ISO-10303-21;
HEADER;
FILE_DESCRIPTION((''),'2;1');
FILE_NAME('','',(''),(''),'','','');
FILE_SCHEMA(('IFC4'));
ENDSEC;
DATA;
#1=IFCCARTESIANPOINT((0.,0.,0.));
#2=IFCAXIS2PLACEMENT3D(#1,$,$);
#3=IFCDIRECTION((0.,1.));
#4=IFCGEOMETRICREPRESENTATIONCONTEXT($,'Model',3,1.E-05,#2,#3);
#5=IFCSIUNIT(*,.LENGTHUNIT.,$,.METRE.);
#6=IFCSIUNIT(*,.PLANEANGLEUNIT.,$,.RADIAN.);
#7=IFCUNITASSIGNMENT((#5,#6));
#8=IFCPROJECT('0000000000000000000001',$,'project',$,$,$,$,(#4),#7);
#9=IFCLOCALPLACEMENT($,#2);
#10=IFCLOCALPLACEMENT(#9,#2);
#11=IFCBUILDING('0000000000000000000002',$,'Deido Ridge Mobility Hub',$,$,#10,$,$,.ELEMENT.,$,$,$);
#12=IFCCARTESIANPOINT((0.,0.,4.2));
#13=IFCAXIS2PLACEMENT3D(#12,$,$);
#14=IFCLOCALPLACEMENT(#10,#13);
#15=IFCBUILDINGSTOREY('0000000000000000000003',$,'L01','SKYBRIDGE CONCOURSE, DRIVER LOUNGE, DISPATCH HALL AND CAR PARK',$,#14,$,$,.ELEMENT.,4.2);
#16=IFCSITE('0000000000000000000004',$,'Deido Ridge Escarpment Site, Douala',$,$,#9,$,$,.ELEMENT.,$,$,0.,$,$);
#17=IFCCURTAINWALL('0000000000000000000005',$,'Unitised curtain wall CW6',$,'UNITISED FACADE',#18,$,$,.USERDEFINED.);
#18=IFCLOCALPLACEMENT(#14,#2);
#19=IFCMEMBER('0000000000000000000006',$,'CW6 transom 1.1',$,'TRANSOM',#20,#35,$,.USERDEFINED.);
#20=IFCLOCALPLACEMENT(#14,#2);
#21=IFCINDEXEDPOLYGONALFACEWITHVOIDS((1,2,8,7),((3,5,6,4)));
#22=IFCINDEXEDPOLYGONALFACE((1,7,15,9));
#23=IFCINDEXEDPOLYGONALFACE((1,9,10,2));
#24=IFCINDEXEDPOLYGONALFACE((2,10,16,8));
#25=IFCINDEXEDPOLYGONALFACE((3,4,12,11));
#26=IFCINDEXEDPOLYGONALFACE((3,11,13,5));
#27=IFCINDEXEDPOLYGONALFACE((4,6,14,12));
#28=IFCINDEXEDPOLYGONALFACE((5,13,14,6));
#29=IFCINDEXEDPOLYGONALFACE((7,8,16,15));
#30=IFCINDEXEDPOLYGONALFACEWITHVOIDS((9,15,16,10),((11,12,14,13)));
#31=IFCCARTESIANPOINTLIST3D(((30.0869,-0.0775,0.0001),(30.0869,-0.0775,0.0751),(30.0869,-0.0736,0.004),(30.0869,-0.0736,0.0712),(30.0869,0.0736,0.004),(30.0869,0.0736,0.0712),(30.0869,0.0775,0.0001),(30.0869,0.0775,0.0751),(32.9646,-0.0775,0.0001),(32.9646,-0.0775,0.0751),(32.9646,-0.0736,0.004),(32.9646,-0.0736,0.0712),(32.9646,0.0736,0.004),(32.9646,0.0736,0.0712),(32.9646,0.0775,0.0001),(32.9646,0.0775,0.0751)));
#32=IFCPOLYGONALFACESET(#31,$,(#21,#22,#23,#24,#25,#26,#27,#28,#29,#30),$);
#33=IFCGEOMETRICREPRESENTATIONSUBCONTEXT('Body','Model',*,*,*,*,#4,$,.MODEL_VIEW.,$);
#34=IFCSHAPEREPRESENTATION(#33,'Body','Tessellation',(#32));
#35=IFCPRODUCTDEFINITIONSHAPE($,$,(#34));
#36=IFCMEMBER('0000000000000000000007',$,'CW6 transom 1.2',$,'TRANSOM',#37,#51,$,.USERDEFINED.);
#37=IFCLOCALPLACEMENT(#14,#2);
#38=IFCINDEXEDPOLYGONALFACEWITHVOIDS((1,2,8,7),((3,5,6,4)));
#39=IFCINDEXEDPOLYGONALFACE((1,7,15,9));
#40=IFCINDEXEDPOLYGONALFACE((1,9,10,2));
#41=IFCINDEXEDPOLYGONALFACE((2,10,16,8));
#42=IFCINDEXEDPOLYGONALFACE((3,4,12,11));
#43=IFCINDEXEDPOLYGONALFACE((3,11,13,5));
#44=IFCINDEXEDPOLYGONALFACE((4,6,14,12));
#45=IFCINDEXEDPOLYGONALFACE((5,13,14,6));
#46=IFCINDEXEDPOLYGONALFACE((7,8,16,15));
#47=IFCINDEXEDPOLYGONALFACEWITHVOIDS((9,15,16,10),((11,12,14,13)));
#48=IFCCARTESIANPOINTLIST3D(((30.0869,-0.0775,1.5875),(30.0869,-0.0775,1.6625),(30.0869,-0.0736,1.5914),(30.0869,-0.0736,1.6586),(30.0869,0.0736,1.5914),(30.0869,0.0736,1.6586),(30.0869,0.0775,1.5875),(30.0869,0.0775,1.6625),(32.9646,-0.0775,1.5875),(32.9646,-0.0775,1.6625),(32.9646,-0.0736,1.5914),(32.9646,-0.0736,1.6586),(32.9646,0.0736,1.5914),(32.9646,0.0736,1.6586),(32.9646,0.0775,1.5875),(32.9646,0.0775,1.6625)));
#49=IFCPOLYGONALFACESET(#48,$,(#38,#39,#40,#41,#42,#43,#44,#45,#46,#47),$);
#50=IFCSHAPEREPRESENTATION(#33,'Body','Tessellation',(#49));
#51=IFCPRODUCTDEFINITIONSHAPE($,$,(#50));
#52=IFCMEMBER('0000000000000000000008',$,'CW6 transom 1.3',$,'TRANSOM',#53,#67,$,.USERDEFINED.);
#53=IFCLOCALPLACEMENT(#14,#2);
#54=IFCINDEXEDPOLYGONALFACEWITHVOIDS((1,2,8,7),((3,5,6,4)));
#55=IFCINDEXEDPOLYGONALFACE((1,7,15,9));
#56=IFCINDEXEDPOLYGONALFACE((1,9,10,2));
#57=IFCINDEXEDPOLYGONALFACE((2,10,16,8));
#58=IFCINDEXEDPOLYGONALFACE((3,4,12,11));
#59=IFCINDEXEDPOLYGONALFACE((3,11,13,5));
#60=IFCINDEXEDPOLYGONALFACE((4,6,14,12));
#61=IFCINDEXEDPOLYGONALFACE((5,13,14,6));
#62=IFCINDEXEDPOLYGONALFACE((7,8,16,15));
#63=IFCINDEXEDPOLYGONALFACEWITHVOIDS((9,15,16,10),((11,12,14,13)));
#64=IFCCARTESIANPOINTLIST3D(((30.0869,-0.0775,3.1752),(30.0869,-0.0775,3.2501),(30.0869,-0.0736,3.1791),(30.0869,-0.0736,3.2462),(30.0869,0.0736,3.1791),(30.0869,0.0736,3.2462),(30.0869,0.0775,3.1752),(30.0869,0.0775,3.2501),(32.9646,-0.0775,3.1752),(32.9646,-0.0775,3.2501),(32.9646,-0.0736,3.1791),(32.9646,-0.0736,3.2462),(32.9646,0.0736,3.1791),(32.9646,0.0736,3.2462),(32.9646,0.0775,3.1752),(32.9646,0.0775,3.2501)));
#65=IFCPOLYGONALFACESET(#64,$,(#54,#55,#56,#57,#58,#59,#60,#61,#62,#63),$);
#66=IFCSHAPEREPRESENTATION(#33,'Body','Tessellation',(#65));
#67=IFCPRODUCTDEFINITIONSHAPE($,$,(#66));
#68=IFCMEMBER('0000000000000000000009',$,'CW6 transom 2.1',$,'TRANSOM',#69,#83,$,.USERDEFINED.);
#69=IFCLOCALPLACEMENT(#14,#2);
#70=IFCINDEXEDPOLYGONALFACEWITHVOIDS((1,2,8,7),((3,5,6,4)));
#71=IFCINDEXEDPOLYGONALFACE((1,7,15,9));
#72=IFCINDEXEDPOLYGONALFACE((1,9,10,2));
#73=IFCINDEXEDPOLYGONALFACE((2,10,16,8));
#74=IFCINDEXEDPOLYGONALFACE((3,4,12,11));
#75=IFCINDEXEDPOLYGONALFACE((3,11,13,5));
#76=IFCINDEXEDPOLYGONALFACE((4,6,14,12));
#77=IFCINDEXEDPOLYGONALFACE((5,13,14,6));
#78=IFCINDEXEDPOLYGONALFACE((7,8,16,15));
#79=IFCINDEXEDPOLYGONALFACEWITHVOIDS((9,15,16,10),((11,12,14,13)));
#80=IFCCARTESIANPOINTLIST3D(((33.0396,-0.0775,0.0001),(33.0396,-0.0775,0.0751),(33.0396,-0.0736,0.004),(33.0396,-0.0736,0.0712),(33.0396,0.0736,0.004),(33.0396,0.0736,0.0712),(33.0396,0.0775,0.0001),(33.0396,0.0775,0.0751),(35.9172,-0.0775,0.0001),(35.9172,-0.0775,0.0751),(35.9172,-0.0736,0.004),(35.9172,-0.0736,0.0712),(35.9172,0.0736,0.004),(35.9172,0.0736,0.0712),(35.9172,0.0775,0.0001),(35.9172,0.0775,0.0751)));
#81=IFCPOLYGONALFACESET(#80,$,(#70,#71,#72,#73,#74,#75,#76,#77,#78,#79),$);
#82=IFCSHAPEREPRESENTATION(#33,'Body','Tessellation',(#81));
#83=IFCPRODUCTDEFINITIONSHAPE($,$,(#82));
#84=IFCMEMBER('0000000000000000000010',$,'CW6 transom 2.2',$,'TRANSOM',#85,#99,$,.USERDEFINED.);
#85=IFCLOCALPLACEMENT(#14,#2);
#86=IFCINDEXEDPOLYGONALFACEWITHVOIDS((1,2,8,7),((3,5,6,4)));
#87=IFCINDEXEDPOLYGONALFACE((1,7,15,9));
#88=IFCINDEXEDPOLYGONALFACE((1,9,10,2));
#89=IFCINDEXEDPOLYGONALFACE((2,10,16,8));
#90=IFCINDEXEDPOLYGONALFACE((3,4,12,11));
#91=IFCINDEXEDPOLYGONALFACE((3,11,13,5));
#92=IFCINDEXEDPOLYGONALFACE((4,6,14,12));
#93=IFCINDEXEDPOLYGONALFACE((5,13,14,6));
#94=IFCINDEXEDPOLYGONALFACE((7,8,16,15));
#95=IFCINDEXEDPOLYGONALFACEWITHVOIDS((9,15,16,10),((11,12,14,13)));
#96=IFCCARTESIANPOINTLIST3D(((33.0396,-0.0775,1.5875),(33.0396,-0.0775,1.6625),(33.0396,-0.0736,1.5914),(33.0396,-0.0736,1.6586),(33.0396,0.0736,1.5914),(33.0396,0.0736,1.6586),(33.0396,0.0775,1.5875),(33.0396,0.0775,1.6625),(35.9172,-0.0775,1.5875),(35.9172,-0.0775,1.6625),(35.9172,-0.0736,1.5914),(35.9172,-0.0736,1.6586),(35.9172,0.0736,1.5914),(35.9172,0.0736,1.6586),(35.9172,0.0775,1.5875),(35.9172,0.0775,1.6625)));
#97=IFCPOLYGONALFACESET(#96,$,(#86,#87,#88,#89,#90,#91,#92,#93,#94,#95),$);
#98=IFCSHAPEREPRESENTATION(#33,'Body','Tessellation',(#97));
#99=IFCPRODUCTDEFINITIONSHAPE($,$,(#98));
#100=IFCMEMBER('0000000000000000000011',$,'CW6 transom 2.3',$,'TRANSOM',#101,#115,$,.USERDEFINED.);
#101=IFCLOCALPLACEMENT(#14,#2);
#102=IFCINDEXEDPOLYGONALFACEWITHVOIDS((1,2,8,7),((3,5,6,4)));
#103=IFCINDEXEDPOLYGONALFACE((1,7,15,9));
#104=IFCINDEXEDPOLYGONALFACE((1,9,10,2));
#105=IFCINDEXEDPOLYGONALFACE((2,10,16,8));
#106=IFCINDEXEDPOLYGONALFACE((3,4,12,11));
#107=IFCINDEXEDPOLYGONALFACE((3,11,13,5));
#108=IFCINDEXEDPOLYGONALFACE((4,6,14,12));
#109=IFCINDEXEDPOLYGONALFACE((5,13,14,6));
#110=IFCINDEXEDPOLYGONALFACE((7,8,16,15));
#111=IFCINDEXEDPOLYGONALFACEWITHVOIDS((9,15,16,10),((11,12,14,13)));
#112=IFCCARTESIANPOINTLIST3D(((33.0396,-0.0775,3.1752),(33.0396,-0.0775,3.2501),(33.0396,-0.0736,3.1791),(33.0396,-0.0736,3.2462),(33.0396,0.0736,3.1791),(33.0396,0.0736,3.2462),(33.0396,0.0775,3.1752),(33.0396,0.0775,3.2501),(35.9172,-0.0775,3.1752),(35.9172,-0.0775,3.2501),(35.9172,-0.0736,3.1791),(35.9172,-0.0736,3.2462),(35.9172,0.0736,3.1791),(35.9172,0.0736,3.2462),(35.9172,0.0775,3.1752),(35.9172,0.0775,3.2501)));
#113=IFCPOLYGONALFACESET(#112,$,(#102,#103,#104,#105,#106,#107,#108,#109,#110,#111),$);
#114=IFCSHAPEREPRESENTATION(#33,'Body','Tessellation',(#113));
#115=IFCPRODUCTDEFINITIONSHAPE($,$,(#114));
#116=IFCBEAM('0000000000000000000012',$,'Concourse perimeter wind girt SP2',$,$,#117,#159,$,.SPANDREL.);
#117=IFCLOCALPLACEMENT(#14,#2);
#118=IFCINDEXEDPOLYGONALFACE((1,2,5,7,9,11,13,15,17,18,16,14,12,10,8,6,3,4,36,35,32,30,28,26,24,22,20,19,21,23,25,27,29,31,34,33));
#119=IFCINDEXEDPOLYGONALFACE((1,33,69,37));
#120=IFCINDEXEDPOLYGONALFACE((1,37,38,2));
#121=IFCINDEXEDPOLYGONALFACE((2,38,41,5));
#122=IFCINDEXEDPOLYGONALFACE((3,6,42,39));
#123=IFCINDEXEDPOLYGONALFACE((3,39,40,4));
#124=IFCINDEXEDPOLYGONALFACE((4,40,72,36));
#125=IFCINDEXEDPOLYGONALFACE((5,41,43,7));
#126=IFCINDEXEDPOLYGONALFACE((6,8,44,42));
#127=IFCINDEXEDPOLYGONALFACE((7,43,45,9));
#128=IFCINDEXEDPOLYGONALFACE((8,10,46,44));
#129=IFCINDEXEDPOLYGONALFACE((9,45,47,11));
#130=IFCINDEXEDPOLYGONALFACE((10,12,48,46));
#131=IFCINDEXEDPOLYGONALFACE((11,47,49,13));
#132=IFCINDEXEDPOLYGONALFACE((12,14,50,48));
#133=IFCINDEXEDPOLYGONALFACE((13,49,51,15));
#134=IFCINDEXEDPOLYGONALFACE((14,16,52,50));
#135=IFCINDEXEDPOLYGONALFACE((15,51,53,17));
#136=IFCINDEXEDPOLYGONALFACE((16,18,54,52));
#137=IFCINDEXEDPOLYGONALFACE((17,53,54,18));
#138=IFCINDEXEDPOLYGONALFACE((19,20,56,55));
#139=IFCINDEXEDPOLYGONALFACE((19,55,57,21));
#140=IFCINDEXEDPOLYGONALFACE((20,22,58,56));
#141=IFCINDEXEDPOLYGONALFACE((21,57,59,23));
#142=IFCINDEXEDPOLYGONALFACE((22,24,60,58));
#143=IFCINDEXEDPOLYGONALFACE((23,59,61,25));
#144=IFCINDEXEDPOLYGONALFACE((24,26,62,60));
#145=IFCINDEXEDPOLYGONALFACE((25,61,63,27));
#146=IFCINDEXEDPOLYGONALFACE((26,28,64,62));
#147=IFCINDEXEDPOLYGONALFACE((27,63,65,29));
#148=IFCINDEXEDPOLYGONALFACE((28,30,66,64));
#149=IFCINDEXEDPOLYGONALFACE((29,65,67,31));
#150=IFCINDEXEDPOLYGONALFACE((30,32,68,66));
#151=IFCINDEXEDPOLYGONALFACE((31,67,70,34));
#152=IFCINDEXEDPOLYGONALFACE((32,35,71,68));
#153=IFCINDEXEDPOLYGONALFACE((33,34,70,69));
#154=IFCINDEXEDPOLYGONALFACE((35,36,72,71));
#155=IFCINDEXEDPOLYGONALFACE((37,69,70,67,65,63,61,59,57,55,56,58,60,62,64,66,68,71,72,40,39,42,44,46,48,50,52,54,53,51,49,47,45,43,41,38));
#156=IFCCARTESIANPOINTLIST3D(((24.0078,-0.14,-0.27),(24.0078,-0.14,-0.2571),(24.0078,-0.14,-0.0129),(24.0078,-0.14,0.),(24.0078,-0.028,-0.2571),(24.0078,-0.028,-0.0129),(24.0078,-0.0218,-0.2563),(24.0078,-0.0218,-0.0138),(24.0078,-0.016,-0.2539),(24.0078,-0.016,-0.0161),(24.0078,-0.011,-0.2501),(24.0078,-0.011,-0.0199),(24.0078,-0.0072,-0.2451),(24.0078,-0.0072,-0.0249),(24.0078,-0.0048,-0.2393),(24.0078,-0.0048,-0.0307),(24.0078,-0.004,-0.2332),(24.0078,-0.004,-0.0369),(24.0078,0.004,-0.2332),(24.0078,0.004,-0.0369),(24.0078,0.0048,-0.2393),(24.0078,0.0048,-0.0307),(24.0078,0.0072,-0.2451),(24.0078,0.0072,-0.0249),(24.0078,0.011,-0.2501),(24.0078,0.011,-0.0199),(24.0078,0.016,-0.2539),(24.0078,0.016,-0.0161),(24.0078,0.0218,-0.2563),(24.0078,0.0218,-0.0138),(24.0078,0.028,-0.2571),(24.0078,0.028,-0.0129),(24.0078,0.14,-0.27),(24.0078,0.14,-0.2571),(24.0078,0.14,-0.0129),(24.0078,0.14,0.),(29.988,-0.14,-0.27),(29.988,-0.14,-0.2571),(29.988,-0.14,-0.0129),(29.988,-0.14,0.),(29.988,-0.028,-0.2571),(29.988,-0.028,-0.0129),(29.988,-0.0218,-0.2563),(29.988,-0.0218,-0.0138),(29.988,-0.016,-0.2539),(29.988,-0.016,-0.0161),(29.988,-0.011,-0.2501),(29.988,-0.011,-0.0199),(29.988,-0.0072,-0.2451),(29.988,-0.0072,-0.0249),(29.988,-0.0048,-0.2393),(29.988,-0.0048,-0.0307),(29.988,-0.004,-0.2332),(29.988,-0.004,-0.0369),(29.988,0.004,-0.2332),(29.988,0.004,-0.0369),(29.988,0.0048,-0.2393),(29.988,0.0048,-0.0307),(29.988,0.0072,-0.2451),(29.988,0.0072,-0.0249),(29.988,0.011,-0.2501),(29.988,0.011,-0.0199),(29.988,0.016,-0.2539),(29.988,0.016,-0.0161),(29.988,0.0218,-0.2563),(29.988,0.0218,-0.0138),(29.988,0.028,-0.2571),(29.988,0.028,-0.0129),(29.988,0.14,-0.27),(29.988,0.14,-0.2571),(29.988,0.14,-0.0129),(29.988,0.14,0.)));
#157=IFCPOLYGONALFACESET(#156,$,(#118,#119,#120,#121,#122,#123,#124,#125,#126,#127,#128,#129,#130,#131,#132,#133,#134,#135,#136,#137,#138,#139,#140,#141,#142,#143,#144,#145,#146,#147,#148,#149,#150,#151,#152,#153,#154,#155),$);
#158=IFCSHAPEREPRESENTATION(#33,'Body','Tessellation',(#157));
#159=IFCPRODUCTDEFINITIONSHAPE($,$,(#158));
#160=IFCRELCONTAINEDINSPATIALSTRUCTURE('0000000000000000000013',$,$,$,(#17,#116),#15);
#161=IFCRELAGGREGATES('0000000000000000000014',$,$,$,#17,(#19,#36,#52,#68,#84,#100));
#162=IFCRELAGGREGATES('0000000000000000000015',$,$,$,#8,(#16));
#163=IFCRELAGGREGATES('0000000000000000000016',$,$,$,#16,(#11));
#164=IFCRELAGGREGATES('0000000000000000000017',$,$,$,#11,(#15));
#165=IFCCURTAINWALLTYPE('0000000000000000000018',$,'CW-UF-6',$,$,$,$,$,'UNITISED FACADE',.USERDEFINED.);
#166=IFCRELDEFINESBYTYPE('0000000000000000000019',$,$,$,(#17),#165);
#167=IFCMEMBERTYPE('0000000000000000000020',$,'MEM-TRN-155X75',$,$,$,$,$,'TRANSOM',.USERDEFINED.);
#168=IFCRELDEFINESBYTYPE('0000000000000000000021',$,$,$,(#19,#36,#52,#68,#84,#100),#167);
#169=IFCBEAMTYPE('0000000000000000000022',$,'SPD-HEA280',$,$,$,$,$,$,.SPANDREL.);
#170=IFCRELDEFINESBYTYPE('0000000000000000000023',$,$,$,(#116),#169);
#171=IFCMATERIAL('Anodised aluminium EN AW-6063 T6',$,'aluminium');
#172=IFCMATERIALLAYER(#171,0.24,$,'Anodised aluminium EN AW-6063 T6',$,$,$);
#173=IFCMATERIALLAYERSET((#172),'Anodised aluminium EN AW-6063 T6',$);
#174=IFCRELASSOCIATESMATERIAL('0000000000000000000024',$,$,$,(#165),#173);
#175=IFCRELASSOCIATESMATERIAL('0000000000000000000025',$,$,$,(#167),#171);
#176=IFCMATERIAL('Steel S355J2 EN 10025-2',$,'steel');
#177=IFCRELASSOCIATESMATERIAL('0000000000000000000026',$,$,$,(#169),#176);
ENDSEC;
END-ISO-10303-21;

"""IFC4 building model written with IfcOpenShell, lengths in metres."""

from ifc_helpers import new_model, si_unit, direction, frame, origin, origin_2d, place, context, subcontext, project, spatial, hollow_rectangle, i_section, extrude, material, layer, layer_set, material_profile, profile_set, type_object, element, aggregate, save


model = new_model("IFC4")

# Units and contexts
model_context = context("Model", 3, precision=1e-05, world=origin(), true_north=direction((0.0, 1.0)))
body_context = subcontext(model_context, "Body", "Model", "MODEL_VIEW")
ifc_project = project(units=[si_unit("LENGTHUNIT", "METRE"), si_unit("PLANEANGLEUNIT", "RADIAN")], contexts=[model_context])

# Site, building, storey
site_placement = place(None, origin())
site = spatial("IfcSite", under=ifc_project, at=site_placement, Name="Deido Ridge Escarpment Site, Douala", CompositionType="ELEMENT", RefElevation=0.0)
building_placement = place(site_placement, origin())
building = spatial("IfcBuilding", under=site, at=building_placement, Name="Deido Ridge Mobility Hub", CompositionType="ELEMENT")
storey_placement = place(building_placement, frame((0.0, 0.0, 4.2)))
storey = spatial("IfcBuildingStorey", under=building, at=storey_placement, Name="L01", Description="SKYBRIDGE CONCOURSE, DRIVER LOUNGE, DISPATCH HALL AND CAR PARK", CompositionType="ELEMENT", Elevation=4.2)

# Shared definitions
ifc_material_1 = material(Name="Steel S355J2 EN 10025-2", Category="steel")

# Shared definitions
ifc_material_2 = material(Name="Anodised aluminium EN AW-6063 T6", Category="aluminium")

# Curtain wall
ifc_layer_1 = layer(ifc_material_2, 0.24, Name="Anodised aluminium EN AW-6063 T6")
ifc_layer_set_1 = layer_set([ifc_layer_1], Name="Anodised aluminium EN AW-6063 T6")
curtain_wall_type_1 = type_object("IfcCurtainWallType", Name="CW-UF-6", ElementType="UNITISED FACADE", PredefinedType="USERDEFINED", material=ifc_layer_set_1)
curtain_wall_1_placement = place(storey_placement, origin())
curtain_wall_1 = element("IfcCurtainWall", 1, at=curtain_wall_1_placement, inside=storey, type_object=curtain_wall_type_1, Name="Unitised curtain wall CW6", ObjectType="UNITISED FACADE", PredefinedType="USERDEFINED")

# Members
ifc_material_profile_1 = material_profile(ifc_material_2, hollow_rectangle(XDim=0.155, YDim=0.075, WallThickness=0.0039, at=origin_2d()), Name="RHS 155x75x4")
ifc_profile_set_1 = profile_set([ifc_material_profile_1], Name="Anodised aluminium EN AW-6063 T6")
member_type_1 = type_object("IfcMemberType", Name="MEM-TRN-155X75", ElementType="TRANSOM", PredefinedType="USERDEFINED", material=ifc_profile_set_1)
member_1_placement = place(storey_placement, frame((30.0869, 0.0, 0.0376), z_axis=(1.0, 0.0, 0.0), x_axis=(0.0, 1.0, 0.0)))
member_1 = element("IfcMember", 2, at=member_1_placement, type_object=member_type_1, Name="CW6 transom 1.1", ObjectType="TRANSOM", PredefinedType="USERDEFINED", context=body_context, shape_type="SweptSolid", body=[
    extrude(hollow_rectangle(XDim=0.155, YDim=0.075, WallThickness=0.0039, at=origin_2d()), origin(), (0.0, 0.0, 1.0), 2.8777),
])
member_2_placement = place(storey_placement, frame((30.0869, 0.0, 1.625), z_axis=(1.0, 0.0, 0.0), x_axis=(0.0, 1.0, 0.0)))
member_2 = element("IfcMember", 3, at=member_2_placement, type_object=member_type_1, Name="CW6 transom 1.2", ObjectType="TRANSOM", PredefinedType="USERDEFINED", context=body_context, shape_type="SweptSolid", body=[
    extrude(hollow_rectangle(XDim=0.155, YDim=0.075, WallThickness=0.0039, at=origin_2d()), origin(), (0.0, 0.0, 1.0), 2.8777),
])
member_3_placement = place(storey_placement, frame((30.0869, 0.0, 3.2126), z_axis=(1.0, 0.0, 0.0), x_axis=(0.0, 1.0, 0.0)))
member_3 = element("IfcMember", 4, at=member_3_placement, type_object=member_type_1, Name="CW6 transom 1.3", ObjectType="TRANSOM", PredefinedType="USERDEFINED", context=body_context, shape_type="SweptSolid", body=[
    extrude(hollow_rectangle(XDim=0.155, YDim=0.075, WallThickness=0.0039, at=origin_2d()), origin(), (0.0, 0.0, 1.0), 2.8777),
])
member_4_placement = place(storey_placement, frame((33.0396, 0.0, 0.0376), z_axis=(1.0, 0.0, 0.0), x_axis=(0.0, 1.0, 0.0)))
member_4 = element("IfcMember", 5, at=member_4_placement, type_object=member_type_1, Name="CW6 transom 2.1", ObjectType="TRANSOM", PredefinedType="USERDEFINED", context=body_context, shape_type="SweptSolid", body=[
    extrude(hollow_rectangle(XDim=0.155, YDim=0.075, WallThickness=0.0039, at=origin_2d()), origin(), (0.0, 0.0, 1.0), 2.8777),
])
member_5_placement = place(storey_placement, frame((33.0396, 0.0, 1.625), z_axis=(1.0, 0.0, 0.0), x_axis=(0.0, 1.0, 0.0)))
member_5 = element("IfcMember", 6, at=member_5_placement, type_object=member_type_1, Name="CW6 transom 2.2", ObjectType="TRANSOM", PredefinedType="USERDEFINED", context=body_context, shape_type="SweptSolid", body=[
    extrude(hollow_rectangle(XDim=0.155, YDim=0.075, WallThickness=0.0039, at=origin_2d()), origin(), (0.0, 0.0, 1.0), 2.8777),
])
member_6_placement = place(storey_placement, frame((33.0396, 0.0, 3.2126), z_axis=(1.0, 0.0, 0.0), x_axis=(0.0, 1.0, 0.0)))
member_6 = element("IfcMember", 7, at=member_6_placement, type_object=member_type_1, Name="CW6 transom 2.3", ObjectType="TRANSOM", PredefinedType="USERDEFINED", context=body_context, shape_type="SweptSolid", body=[
    extrude(hollow_rectangle(XDim=0.155, YDim=0.075, WallThickness=0.0039, at=origin_2d()), origin(), (0.0, 0.0, 1.0), 2.8777),
])

# Beam
ifc_material_profile_2 = material_profile(ifc_material_1, i_section(OverallWidth=0.28, OverallDepth=0.27, WebThickness=0.0081, FlangeThickness=0.0129, FilletRadius=0.0239, at=origin_2d()), Name="HEA 280")
ifc_profile_set_2 = profile_set([ifc_material_profile_2], Name="Steel S355J2 EN 10025-2")
beam_type = type_object("IfcBeamType", Name="SPD-HEA280", PredefinedType="SPANDREL", material=ifc_profile_set_2)
for number, where, z_axis, x_axis, name in (
    (8, (24.0078, 0.0, -0.135), (1.0, 0.0, 0.0), (0.0, 1.0, 0.0), "Concourse perimeter wind girt SP2"),
):
    element("IfcBeam", number, at=place(storey_placement, frame(where, z_axis=z_axis, x_axis=x_axis)), inside=storey, type_object=beam_type, Name=name, PredefinedType="SPANDREL", context=body_context, shape_type="SweptSolid", body=[
        extrude(i_section(OverallWidth=0.28, OverallDepth=0.27, WebThickness=0.0081, FlangeThickness=0.0129, FilletRadius=0.0239, at=origin_2d()), origin(), (0.0, 0.0, 1.0), 5.9802),
    ])

aggregate(curtain_wall_1, [member_1, member_2, member_3, member_4, member_5, member_6])

save(model, "model.ifc")
